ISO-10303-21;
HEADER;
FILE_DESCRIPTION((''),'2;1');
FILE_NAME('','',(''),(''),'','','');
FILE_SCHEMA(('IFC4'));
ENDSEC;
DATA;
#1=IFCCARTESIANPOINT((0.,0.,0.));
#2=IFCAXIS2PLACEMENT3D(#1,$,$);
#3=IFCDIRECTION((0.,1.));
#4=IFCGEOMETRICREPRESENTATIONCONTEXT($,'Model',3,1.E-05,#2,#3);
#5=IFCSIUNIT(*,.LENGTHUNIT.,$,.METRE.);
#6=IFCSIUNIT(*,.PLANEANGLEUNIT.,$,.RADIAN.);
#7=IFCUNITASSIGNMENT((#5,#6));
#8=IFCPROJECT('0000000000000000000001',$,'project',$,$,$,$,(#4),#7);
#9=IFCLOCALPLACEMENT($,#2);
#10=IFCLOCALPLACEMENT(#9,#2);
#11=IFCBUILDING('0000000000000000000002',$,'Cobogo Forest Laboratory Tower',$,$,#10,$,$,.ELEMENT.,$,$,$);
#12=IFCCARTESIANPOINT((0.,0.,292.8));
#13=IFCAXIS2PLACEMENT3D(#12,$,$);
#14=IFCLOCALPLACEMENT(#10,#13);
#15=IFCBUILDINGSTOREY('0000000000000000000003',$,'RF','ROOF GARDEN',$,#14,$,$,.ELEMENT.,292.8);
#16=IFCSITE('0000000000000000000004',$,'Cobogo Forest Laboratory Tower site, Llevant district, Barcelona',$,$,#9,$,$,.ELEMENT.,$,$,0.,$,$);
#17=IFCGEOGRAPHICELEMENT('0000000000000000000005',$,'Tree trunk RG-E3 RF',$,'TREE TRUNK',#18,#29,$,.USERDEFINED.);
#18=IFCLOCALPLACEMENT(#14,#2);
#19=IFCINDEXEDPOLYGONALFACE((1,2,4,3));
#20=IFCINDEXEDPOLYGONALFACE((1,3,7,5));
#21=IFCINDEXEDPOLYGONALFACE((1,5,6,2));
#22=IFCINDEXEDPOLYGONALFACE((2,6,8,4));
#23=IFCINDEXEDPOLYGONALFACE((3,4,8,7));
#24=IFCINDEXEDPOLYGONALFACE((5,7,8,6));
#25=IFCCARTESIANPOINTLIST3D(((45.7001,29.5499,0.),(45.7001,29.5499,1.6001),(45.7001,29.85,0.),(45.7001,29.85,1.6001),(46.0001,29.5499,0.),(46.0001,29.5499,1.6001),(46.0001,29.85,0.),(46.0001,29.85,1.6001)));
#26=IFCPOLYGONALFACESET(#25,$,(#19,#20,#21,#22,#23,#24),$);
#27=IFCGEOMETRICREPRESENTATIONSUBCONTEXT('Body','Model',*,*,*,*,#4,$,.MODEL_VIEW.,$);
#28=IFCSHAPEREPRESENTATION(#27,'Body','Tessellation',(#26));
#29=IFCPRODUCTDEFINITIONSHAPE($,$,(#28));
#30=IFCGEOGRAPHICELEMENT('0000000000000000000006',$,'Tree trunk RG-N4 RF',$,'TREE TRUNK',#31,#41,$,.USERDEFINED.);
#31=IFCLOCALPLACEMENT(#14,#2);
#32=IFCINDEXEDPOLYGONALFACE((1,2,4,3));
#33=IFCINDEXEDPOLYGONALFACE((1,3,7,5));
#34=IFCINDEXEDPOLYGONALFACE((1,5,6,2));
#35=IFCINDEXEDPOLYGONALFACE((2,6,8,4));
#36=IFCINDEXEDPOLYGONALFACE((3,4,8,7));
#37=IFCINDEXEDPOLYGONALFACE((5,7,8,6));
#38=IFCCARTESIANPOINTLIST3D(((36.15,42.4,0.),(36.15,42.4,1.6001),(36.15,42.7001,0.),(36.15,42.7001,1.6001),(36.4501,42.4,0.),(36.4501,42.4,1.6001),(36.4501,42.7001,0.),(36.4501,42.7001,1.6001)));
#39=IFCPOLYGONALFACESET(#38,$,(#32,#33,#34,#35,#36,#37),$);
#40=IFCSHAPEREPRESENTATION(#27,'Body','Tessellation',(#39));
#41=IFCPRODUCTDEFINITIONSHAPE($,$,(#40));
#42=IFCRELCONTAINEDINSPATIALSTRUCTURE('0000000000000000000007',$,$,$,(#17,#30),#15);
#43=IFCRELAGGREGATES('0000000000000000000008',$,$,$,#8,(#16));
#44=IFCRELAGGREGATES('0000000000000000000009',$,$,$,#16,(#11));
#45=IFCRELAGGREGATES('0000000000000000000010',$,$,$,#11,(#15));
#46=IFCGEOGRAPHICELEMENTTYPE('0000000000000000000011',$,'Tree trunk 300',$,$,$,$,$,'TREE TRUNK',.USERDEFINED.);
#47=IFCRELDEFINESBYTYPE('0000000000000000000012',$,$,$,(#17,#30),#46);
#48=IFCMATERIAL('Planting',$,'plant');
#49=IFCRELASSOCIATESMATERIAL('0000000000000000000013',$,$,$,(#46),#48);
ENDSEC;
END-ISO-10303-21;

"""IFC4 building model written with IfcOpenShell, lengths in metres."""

from ifc_helpers import new_model, si_unit, direction, frame, origin, origin_2d, place, context, subcontext, project, spatial, rectangle, extrude, material, type_object, element, save


model = new_model("IFC4")

# Units and contexts
model_context = context("Model", 3, precision=1e-05, world=origin(), true_north=direction((0.0, 1.0)))
body_context = subcontext(model_context, "Body", "Model", "MODEL_VIEW")
ifc_project = project(units=[si_unit("LENGTHUNIT", "METRE"), si_unit("PLANEANGLEUNIT", "RADIAN")], contexts=[model_context])

# Site, building, storey
site_placement = place(None, origin())
site = spatial("IfcSite", under=ifc_project, at=site_placement, Name="Cobogo Forest Laboratory Tower site, Llevant district, Barcelona", CompositionType="ELEMENT", RefElevation=0.0)
building_placement = place(site_placement, origin())
building = spatial("IfcBuilding", under=site, at=building_placement, Name="Cobogo Forest Laboratory Tower", CompositionType="ELEMENT")
storey_placement = place(building_placement, frame((0.0, 0.0, 292.8)))
storey = spatial("IfcBuildingStorey", under=building, at=storey_placement, Name="RF", Description="ROOF GARDEN", CompositionType="ELEMENT", Elevation=292.8)

# Geographic elements
ifc_material_1 = material(Name="Planting", Category="plant")
geographic_element_type = type_object("IfcGeographicElementType", Name="Tree trunk 300", ElementType="TREE TRUNK", PredefinedType="USERDEFINED", material=ifc_material_1)
for number, where, z_axis, x_axis, name in (
    (1, (45.8501, 29.7, 0.0), (0.0, 0.0, 1.0), (1.0, 0.0, 0.0), "Tree trunk RG-E3 RF"),
    (2, (36.3, 42.55, 0.0), (0.0, 0.0, 1.0), (1.0, 0.0, 0.0), "Tree trunk RG-N4 RF"),
):
    element("IfcGeographicElement", number, at=place(storey_placement, frame(where, z_axis=z_axis, x_axis=x_axis)), inside=storey, type_object=geographic_element_type, Name=name, ObjectType="TREE TRUNK", PredefinedType="USERDEFINED", context=body_context, shape_type="SweptSolid", body=[
        extrude(rectangle(XDim=0.3, YDim=0.3, at=origin_2d()), origin(), (0.0, 0.0, 1.0), 1.6001),
    ])

save(model, "model.ifc")
